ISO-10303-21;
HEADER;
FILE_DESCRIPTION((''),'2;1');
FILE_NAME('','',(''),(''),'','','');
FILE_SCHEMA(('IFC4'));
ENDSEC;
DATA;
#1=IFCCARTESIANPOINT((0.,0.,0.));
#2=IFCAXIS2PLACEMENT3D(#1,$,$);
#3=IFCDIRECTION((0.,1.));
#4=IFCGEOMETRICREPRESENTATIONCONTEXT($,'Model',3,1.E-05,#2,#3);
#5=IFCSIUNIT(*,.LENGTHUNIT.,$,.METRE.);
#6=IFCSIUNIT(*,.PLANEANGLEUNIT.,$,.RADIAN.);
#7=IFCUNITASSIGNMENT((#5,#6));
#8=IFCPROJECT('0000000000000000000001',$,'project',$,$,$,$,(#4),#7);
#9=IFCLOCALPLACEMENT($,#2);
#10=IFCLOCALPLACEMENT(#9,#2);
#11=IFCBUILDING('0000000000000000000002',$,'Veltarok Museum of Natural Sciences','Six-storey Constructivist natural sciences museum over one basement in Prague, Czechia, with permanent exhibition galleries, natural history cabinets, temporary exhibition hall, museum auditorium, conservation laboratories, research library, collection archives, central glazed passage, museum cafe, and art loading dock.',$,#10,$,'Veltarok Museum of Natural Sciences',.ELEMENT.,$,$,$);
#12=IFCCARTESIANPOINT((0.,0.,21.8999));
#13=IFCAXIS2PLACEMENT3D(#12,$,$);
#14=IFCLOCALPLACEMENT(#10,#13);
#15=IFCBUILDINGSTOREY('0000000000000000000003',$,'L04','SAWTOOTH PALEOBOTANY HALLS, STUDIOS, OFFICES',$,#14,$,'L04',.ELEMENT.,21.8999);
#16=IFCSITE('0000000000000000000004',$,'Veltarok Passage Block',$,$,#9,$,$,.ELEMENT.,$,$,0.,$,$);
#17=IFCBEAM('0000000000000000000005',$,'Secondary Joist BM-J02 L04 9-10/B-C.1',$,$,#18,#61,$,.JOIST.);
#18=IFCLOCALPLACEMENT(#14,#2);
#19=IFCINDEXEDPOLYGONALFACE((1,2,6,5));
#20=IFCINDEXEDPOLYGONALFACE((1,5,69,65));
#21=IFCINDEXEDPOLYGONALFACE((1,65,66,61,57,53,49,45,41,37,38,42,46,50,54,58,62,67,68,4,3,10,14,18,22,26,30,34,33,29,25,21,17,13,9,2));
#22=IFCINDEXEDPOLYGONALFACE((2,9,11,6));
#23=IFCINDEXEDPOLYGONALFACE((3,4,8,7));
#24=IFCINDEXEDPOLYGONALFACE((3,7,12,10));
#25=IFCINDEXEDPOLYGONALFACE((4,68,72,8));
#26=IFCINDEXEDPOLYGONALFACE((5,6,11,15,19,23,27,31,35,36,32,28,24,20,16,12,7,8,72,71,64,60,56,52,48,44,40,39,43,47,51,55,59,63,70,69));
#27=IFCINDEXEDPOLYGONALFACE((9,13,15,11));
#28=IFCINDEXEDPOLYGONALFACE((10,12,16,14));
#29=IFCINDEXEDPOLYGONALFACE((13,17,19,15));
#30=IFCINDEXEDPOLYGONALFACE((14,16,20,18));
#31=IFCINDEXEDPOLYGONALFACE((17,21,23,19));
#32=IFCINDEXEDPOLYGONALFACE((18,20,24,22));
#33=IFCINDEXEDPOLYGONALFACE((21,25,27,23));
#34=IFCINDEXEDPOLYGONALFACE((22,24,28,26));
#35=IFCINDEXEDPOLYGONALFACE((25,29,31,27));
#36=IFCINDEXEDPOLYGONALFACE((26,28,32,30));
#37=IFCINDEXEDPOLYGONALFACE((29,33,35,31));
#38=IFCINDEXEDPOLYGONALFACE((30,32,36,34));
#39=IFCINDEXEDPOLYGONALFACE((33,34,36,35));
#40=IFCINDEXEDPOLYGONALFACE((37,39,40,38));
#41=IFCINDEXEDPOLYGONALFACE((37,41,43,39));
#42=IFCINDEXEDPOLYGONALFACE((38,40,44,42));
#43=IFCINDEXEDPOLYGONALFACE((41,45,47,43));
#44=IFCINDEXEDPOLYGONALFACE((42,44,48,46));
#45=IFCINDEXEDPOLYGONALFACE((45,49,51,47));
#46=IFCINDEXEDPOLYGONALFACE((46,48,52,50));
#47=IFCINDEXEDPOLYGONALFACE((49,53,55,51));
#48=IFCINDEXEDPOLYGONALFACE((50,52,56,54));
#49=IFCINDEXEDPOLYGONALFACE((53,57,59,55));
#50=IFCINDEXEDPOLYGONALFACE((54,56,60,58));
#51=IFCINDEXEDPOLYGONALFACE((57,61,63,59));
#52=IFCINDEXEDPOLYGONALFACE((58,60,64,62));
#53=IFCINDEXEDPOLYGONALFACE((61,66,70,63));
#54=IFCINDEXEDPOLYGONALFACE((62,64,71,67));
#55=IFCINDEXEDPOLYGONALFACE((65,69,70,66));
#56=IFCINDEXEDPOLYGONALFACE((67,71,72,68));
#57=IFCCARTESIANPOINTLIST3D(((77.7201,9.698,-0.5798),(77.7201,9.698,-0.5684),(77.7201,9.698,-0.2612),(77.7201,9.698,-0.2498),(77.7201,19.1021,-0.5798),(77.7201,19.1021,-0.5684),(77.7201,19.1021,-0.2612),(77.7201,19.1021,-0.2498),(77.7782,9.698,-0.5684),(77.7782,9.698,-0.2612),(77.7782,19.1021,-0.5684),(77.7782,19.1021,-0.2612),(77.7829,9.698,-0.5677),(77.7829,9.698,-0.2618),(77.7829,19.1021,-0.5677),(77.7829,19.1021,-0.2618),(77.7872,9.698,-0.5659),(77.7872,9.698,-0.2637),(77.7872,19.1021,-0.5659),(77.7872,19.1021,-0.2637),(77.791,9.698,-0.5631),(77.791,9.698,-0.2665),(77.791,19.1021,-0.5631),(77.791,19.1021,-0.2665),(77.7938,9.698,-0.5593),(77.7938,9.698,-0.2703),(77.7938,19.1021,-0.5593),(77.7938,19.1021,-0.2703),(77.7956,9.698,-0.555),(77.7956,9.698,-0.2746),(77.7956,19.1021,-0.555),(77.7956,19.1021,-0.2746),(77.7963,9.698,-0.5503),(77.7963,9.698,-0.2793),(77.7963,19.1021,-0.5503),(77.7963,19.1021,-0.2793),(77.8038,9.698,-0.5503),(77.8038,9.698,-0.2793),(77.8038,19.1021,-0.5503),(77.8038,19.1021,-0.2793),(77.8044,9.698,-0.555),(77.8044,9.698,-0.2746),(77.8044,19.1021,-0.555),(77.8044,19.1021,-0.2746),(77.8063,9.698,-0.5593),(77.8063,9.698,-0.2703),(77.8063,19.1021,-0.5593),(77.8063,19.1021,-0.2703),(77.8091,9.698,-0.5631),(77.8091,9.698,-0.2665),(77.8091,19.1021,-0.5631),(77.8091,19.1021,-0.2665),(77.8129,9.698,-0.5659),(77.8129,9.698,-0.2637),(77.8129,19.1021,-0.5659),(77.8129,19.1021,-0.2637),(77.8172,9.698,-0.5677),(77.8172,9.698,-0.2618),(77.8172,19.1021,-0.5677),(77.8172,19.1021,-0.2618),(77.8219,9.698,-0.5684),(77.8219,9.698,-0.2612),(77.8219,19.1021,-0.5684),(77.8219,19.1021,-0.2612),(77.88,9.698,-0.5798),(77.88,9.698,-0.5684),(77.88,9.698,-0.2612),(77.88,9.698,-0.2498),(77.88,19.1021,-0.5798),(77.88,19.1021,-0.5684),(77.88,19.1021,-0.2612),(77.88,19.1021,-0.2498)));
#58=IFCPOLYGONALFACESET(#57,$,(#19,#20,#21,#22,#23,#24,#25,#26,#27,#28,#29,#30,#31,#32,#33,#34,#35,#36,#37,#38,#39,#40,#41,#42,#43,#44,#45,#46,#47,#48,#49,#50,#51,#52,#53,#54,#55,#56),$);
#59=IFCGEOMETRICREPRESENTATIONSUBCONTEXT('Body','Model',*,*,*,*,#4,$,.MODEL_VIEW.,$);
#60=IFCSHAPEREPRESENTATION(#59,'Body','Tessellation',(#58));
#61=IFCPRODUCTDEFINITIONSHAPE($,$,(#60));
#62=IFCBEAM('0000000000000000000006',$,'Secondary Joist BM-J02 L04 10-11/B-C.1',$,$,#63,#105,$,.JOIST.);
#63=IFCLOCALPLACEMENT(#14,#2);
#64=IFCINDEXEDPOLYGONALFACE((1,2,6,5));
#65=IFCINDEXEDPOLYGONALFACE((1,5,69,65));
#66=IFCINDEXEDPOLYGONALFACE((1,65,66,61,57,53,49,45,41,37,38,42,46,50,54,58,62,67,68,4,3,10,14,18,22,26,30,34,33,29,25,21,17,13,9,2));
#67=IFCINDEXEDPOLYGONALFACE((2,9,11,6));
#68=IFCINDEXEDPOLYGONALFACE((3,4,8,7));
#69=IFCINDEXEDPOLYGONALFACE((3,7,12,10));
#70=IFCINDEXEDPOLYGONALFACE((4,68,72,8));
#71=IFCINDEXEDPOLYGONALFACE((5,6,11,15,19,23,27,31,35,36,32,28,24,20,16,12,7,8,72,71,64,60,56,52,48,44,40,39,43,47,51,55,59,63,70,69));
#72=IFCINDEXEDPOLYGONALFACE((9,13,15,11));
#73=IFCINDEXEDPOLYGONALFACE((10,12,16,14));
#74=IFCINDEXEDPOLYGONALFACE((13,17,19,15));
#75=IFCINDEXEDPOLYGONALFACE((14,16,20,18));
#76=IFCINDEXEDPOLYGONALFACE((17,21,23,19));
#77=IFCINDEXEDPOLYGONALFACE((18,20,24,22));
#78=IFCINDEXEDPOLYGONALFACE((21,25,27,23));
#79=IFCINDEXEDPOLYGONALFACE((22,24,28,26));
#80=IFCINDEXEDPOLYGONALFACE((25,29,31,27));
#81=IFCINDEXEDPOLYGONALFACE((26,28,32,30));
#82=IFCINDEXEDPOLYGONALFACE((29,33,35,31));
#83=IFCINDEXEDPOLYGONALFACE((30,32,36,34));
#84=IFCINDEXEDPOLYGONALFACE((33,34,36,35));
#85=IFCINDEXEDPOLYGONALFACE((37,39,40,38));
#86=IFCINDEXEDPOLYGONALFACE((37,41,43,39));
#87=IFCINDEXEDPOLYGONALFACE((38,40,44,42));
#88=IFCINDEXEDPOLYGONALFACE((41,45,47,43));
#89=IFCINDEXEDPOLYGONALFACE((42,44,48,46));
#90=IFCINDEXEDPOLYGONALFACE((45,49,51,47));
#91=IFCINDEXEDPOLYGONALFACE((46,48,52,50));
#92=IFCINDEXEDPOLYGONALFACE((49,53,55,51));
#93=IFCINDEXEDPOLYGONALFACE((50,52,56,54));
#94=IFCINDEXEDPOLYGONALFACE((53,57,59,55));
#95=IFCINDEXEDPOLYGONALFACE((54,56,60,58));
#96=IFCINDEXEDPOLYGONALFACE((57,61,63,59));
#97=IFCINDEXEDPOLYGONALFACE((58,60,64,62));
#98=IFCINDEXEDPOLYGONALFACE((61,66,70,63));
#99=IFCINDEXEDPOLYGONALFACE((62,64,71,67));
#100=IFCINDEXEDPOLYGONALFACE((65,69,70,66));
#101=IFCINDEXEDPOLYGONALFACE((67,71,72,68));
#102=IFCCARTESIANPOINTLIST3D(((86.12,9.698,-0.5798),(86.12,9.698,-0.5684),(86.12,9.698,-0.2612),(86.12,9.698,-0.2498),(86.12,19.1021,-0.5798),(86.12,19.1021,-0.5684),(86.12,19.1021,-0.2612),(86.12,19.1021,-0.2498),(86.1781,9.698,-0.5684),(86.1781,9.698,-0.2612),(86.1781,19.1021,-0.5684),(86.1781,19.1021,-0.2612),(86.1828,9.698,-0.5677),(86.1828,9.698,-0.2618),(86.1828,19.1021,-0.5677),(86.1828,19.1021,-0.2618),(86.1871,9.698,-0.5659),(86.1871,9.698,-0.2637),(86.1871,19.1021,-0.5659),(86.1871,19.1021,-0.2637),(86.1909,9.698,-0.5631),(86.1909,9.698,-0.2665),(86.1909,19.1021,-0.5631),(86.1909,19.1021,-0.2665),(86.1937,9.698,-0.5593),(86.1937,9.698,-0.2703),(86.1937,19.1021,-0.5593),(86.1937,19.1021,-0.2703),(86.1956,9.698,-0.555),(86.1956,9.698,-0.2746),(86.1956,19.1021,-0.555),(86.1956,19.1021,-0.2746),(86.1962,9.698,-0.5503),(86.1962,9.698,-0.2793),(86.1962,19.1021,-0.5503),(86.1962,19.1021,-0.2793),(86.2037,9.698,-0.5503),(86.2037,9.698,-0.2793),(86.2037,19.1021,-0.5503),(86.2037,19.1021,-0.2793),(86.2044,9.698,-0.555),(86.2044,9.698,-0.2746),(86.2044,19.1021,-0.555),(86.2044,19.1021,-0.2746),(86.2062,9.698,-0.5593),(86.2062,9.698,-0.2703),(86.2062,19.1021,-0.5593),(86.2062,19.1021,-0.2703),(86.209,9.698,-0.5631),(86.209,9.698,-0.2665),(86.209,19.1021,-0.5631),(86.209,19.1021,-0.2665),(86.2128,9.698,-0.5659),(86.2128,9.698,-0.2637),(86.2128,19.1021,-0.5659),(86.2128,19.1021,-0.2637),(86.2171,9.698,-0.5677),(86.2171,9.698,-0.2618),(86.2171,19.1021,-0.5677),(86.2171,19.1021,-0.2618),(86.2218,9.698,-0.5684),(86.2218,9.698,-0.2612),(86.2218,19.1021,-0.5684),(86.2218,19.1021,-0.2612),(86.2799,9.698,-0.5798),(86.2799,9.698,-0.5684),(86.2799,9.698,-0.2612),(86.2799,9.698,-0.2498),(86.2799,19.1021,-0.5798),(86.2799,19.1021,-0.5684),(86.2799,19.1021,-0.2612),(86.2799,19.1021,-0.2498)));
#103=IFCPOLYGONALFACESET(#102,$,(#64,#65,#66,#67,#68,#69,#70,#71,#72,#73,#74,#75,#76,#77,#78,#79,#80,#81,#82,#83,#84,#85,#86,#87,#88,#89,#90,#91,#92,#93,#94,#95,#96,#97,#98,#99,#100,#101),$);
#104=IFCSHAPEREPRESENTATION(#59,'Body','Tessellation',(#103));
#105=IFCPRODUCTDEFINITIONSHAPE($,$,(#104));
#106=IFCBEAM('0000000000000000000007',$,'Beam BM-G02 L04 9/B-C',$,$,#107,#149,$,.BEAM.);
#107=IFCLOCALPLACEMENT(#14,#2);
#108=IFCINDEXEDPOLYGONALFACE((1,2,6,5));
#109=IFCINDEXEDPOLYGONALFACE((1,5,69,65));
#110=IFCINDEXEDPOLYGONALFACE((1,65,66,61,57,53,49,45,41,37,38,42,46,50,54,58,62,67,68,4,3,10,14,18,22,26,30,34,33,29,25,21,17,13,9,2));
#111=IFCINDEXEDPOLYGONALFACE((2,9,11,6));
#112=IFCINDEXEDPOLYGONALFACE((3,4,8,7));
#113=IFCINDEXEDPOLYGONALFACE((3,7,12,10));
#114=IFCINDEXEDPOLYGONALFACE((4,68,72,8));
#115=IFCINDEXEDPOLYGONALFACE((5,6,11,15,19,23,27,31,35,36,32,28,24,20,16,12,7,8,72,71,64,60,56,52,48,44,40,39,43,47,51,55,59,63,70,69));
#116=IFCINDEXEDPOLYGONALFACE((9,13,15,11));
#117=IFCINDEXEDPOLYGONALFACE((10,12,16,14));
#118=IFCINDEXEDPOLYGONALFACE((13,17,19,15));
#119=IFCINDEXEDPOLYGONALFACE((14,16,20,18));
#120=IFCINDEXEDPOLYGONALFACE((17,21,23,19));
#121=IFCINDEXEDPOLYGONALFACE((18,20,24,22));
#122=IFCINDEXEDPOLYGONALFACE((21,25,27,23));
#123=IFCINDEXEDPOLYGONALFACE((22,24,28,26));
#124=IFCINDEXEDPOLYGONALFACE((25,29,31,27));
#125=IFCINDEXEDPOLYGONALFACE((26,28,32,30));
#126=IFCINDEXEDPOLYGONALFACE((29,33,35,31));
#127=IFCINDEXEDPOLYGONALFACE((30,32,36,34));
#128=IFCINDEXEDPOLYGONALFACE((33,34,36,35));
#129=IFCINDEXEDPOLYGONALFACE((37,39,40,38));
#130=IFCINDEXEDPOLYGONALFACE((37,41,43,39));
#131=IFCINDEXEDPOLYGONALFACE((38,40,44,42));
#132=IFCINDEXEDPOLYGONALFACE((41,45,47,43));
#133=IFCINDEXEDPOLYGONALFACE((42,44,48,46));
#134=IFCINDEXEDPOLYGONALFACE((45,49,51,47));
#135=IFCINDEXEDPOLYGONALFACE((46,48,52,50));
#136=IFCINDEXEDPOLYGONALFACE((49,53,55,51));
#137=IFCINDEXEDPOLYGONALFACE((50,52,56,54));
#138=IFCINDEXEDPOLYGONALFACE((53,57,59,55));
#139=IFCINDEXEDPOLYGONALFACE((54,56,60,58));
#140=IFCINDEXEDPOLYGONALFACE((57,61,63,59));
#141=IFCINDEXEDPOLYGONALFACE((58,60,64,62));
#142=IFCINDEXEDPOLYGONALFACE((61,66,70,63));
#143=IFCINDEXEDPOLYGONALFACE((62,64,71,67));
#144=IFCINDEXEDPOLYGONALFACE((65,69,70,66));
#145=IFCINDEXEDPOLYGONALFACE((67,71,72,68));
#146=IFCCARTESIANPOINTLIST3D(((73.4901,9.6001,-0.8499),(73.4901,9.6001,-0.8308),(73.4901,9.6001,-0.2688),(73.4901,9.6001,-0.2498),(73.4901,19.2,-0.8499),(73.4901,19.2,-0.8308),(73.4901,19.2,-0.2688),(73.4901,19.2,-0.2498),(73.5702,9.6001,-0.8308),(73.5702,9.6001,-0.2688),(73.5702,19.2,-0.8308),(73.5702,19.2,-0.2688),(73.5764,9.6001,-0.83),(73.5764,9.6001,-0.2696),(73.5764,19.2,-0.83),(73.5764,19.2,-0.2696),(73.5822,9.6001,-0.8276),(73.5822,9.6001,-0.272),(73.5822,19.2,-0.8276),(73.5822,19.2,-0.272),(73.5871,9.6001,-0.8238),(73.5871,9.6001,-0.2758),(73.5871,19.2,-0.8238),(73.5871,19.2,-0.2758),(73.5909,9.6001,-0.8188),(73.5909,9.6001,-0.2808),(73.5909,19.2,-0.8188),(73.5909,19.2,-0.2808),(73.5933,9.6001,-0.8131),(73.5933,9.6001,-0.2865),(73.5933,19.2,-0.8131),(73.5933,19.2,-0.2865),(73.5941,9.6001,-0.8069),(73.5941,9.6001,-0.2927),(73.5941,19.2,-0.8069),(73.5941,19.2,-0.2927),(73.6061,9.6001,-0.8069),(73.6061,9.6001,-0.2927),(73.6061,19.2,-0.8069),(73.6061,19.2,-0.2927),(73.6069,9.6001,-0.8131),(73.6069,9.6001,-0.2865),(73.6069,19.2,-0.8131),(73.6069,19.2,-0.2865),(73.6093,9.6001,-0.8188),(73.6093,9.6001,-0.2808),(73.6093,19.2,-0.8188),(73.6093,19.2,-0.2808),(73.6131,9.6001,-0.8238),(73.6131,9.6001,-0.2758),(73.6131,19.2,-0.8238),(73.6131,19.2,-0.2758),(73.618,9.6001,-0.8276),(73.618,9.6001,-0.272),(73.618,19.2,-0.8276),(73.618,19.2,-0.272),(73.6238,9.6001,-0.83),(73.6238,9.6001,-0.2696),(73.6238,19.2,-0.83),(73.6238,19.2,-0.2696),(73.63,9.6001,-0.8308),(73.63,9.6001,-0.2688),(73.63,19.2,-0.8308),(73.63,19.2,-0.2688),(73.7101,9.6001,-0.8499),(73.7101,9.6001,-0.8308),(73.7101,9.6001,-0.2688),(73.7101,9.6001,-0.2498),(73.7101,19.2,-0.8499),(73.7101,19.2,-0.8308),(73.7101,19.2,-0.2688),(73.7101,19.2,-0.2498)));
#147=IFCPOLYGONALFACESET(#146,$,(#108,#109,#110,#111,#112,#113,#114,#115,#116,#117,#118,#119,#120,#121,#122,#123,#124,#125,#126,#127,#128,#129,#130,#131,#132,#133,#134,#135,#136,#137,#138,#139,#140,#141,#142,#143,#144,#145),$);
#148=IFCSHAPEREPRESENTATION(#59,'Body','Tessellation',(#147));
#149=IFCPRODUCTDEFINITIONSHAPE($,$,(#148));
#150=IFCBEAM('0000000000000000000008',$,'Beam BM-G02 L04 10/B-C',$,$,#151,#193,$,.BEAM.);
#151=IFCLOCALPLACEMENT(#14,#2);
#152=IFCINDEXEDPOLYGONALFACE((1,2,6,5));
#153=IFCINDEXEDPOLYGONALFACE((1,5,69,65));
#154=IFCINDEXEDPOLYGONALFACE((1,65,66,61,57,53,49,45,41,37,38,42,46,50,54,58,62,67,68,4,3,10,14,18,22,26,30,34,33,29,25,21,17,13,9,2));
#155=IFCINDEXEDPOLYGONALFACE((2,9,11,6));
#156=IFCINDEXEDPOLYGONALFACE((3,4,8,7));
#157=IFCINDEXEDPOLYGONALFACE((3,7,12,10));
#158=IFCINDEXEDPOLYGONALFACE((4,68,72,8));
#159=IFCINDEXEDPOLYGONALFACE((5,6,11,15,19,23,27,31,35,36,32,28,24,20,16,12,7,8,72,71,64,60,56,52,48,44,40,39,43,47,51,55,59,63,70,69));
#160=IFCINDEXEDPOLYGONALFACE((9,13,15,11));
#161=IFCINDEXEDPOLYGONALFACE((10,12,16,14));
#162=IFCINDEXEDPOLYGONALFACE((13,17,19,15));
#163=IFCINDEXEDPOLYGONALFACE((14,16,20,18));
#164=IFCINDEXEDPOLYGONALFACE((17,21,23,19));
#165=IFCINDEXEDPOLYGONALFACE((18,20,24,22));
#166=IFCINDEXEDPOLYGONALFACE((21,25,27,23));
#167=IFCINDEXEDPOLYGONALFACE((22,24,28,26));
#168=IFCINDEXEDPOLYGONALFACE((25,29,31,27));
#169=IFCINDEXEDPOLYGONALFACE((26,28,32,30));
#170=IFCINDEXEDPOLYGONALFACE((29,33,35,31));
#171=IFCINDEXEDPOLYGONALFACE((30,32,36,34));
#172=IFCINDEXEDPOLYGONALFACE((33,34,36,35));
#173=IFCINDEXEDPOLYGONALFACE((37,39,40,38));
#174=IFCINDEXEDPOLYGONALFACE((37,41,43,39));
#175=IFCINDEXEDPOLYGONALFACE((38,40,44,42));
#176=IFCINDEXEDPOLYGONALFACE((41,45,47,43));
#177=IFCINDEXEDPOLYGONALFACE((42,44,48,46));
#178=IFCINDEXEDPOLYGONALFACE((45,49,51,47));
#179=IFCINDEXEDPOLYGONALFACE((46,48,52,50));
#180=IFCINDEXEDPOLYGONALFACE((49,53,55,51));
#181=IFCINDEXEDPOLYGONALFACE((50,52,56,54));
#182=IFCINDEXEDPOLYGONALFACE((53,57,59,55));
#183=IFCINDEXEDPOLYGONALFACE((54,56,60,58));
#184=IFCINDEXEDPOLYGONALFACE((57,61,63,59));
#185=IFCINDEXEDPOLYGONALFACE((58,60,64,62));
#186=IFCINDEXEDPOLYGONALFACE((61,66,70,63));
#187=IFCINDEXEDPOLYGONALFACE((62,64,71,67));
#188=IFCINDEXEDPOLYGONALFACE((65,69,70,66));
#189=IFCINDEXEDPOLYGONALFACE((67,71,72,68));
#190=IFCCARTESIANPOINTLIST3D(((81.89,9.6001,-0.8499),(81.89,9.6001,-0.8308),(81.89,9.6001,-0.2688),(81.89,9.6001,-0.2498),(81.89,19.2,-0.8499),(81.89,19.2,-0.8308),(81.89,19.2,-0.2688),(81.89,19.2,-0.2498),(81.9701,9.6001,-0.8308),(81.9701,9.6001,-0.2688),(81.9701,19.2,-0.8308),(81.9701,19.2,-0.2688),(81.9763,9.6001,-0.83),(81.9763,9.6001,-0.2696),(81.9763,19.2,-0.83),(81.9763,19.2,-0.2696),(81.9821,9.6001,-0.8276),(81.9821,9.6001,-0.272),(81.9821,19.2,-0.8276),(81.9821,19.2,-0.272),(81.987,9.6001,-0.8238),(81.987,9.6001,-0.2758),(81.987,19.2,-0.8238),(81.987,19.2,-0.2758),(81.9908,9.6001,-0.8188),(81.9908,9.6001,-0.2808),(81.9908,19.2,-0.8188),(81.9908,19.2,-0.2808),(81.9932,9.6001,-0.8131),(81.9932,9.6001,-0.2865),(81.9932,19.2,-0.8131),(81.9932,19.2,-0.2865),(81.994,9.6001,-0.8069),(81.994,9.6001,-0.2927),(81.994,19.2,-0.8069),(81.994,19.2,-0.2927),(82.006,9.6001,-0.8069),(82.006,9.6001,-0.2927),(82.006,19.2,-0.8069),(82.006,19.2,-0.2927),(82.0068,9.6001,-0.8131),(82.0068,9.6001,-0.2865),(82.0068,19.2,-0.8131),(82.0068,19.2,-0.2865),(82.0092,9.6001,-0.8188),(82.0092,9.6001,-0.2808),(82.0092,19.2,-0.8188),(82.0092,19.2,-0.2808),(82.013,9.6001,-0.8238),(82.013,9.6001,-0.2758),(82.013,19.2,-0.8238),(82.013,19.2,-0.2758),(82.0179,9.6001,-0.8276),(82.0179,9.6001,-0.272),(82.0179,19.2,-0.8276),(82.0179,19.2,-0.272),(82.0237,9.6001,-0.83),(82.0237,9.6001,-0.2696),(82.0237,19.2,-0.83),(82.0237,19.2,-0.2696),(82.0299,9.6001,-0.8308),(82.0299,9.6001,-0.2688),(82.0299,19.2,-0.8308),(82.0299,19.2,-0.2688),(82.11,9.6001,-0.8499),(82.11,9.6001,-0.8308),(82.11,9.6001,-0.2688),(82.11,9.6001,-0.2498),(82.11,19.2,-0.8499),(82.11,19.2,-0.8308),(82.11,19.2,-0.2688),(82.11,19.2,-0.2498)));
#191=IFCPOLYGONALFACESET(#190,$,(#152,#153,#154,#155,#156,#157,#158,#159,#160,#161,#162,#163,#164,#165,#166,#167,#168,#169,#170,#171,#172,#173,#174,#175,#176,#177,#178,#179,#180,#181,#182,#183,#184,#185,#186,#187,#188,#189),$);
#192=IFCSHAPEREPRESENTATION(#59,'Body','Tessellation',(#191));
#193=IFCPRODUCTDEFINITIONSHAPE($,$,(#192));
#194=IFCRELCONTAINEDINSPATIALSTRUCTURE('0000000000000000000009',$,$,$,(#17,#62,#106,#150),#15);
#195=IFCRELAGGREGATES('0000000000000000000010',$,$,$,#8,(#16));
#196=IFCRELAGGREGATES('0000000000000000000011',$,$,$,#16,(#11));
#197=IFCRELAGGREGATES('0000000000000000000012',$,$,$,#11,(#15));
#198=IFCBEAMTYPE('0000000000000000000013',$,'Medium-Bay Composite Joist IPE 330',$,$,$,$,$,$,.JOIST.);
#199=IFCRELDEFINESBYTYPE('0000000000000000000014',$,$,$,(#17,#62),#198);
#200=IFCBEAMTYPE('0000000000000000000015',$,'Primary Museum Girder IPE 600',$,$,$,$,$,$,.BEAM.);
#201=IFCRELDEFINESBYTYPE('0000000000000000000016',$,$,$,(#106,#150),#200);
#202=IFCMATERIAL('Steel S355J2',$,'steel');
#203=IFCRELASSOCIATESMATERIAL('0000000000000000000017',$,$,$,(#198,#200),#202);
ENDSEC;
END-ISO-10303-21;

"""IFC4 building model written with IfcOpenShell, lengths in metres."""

from ifc_helpers import new_model, si_unit, direction, frame, origin, origin_2d, place, context, subcontext, project, spatial, i_section, extrude, material, material_profile, profile_set, type_object, element, save


model = new_model("IFC4")

# Units and contexts
model_context = context("Model", 3, precision=1e-05, world=origin(), true_north=direction((0.0, 1.0)))
body_context = subcontext(model_context, "Body", "Model", "MODEL_VIEW")
ifc_project = project(units=[si_unit("LENGTHUNIT", "METRE"), si_unit("PLANEANGLEUNIT", "RADIAN")], contexts=[model_context])

# Site, building, storey
site_placement = place(None, origin())
site = spatial("IfcSite", under=ifc_project, at=site_placement, Name="Veltarok Passage Block", CompositionType="ELEMENT", RefElevation=0.0)
building_placement = place(site_placement, origin())
building = spatial("IfcBuilding", under=site, at=building_placement, Name="Veltarok Museum of Natural Sciences", Description="Six-storey Constructivist natural sciences museum over one basement in Prague, Czechia, with permanent exhibition galleries, natural history cabinets, temporary exhibition hall, museum auditorium, conservation laboratories, research library, collection archives, central glazed passage, museum cafe, and art loading dock.", LongName="Veltarok Museum of Natural Sciences", CompositionType="ELEMENT")
storey_placement = place(building_placement, frame((0.0, 0.0, 21.8999)))
storey = spatial("IfcBuildingStorey", under=building, at=storey_placement, Name="L04", Description="SAWTOOTH PALEOBOTANY HALLS, STUDIOS, OFFICES", LongName="L04", CompositionType="ELEMENT", Elevation=21.8999)

# Shared definitions
ifc_material_1 = material(Name="Steel S355J2", Category="steel")

# Beams
ifc_material_profile_1 = material_profile(ifc_material_1, i_section(OverallWidth=0.1599, OverallDepth=0.3301, WebThickness=0.0076, FlangeThickness=0.0115, FilletRadius=0.0181, at=origin_2d()), Name="IPE 330")
ifc_profile_set_1 = profile_set([ifc_material_profile_1], Name="Steel S355J2")
beam_type_1 = type_object("IfcBeamType", Name="Medium-Bay Composite Joist IPE 330", PredefinedType="JOIST", material=ifc_profile_set_1)
for number, where, z_axis, x_axis, name in (
    (1, (77.8, 9.698, -0.4148), (0.0, 1.0, 0.0), (-1.0, 0.0, 0.0), "Secondary Joist BM-J02 L04 9-10/B-C.1"),
    (2, (86.2, 9.698, -0.4148), (0.0, 1.0, 0.0), (-1.0, 0.0, 0.0), "Secondary Joist BM-J02 L04 10-11/B-C.1"),
):
    element("IfcBeam", number, at=place(storey_placement, frame(where, z_axis=z_axis, x_axis=x_axis)), inside=storey, type_object=beam_type_1, Name=name, PredefinedType="JOIST", context=body_context, shape_type="SweptSolid", body=[
        extrude(i_section(OverallWidth=0.1599, OverallDepth=0.3301, WebThickness=0.0076, FlangeThickness=0.0115, FilletRadius=0.0181, at=origin_2d()), origin(), (0.0, 0.0, 1.0), 9.4041),
    ])
ifc_material_profile_2 = material_profile(ifc_material_1, i_section(OverallWidth=0.22, OverallDepth=0.6001, WebThickness=0.012, FlangeThickness=0.019, FilletRadius=0.0239, at=origin_2d()), Name="IPE 600")
ifc_profile_set_2 = profile_set([ifc_material_profile_2], Name="Steel S355J2")
beam_type_2 = type_object("IfcBeamType", Name="Primary Museum Girder IPE 600", PredefinedType="BEAM", material=ifc_profile_set_2)
for number, where, z_axis, x_axis, name in (
    (3, (73.6001, 9.6001, -0.5498), (0.0, 1.0, 0.0), (-1.0, 0.0, 0.0), "Beam BM-G02 L04 9/B-C"),
    (4, (82.0, 9.6001, -0.5498), (0.0, 1.0, 0.0), (-1.0, 0.0, 0.0), "Beam BM-G02 L04 10/B-C"),
):
    element("IfcBeam", number, at=place(storey_placement, frame(where, z_axis=z_axis, x_axis=x_axis)), inside=storey, type_object=beam_type_2, Name=name, PredefinedType="BEAM", context=body_context, shape_type="SweptSolid", body=[
        extrude(i_section(OverallWidth=0.22, OverallDepth=0.6001, WebThickness=0.012, FlangeThickness=0.019, FilletRadius=0.0239, at=origin_2d()), origin(), (0.0, 0.0, 1.0), 9.5999),
    ])

save(model, "model.ifc")
